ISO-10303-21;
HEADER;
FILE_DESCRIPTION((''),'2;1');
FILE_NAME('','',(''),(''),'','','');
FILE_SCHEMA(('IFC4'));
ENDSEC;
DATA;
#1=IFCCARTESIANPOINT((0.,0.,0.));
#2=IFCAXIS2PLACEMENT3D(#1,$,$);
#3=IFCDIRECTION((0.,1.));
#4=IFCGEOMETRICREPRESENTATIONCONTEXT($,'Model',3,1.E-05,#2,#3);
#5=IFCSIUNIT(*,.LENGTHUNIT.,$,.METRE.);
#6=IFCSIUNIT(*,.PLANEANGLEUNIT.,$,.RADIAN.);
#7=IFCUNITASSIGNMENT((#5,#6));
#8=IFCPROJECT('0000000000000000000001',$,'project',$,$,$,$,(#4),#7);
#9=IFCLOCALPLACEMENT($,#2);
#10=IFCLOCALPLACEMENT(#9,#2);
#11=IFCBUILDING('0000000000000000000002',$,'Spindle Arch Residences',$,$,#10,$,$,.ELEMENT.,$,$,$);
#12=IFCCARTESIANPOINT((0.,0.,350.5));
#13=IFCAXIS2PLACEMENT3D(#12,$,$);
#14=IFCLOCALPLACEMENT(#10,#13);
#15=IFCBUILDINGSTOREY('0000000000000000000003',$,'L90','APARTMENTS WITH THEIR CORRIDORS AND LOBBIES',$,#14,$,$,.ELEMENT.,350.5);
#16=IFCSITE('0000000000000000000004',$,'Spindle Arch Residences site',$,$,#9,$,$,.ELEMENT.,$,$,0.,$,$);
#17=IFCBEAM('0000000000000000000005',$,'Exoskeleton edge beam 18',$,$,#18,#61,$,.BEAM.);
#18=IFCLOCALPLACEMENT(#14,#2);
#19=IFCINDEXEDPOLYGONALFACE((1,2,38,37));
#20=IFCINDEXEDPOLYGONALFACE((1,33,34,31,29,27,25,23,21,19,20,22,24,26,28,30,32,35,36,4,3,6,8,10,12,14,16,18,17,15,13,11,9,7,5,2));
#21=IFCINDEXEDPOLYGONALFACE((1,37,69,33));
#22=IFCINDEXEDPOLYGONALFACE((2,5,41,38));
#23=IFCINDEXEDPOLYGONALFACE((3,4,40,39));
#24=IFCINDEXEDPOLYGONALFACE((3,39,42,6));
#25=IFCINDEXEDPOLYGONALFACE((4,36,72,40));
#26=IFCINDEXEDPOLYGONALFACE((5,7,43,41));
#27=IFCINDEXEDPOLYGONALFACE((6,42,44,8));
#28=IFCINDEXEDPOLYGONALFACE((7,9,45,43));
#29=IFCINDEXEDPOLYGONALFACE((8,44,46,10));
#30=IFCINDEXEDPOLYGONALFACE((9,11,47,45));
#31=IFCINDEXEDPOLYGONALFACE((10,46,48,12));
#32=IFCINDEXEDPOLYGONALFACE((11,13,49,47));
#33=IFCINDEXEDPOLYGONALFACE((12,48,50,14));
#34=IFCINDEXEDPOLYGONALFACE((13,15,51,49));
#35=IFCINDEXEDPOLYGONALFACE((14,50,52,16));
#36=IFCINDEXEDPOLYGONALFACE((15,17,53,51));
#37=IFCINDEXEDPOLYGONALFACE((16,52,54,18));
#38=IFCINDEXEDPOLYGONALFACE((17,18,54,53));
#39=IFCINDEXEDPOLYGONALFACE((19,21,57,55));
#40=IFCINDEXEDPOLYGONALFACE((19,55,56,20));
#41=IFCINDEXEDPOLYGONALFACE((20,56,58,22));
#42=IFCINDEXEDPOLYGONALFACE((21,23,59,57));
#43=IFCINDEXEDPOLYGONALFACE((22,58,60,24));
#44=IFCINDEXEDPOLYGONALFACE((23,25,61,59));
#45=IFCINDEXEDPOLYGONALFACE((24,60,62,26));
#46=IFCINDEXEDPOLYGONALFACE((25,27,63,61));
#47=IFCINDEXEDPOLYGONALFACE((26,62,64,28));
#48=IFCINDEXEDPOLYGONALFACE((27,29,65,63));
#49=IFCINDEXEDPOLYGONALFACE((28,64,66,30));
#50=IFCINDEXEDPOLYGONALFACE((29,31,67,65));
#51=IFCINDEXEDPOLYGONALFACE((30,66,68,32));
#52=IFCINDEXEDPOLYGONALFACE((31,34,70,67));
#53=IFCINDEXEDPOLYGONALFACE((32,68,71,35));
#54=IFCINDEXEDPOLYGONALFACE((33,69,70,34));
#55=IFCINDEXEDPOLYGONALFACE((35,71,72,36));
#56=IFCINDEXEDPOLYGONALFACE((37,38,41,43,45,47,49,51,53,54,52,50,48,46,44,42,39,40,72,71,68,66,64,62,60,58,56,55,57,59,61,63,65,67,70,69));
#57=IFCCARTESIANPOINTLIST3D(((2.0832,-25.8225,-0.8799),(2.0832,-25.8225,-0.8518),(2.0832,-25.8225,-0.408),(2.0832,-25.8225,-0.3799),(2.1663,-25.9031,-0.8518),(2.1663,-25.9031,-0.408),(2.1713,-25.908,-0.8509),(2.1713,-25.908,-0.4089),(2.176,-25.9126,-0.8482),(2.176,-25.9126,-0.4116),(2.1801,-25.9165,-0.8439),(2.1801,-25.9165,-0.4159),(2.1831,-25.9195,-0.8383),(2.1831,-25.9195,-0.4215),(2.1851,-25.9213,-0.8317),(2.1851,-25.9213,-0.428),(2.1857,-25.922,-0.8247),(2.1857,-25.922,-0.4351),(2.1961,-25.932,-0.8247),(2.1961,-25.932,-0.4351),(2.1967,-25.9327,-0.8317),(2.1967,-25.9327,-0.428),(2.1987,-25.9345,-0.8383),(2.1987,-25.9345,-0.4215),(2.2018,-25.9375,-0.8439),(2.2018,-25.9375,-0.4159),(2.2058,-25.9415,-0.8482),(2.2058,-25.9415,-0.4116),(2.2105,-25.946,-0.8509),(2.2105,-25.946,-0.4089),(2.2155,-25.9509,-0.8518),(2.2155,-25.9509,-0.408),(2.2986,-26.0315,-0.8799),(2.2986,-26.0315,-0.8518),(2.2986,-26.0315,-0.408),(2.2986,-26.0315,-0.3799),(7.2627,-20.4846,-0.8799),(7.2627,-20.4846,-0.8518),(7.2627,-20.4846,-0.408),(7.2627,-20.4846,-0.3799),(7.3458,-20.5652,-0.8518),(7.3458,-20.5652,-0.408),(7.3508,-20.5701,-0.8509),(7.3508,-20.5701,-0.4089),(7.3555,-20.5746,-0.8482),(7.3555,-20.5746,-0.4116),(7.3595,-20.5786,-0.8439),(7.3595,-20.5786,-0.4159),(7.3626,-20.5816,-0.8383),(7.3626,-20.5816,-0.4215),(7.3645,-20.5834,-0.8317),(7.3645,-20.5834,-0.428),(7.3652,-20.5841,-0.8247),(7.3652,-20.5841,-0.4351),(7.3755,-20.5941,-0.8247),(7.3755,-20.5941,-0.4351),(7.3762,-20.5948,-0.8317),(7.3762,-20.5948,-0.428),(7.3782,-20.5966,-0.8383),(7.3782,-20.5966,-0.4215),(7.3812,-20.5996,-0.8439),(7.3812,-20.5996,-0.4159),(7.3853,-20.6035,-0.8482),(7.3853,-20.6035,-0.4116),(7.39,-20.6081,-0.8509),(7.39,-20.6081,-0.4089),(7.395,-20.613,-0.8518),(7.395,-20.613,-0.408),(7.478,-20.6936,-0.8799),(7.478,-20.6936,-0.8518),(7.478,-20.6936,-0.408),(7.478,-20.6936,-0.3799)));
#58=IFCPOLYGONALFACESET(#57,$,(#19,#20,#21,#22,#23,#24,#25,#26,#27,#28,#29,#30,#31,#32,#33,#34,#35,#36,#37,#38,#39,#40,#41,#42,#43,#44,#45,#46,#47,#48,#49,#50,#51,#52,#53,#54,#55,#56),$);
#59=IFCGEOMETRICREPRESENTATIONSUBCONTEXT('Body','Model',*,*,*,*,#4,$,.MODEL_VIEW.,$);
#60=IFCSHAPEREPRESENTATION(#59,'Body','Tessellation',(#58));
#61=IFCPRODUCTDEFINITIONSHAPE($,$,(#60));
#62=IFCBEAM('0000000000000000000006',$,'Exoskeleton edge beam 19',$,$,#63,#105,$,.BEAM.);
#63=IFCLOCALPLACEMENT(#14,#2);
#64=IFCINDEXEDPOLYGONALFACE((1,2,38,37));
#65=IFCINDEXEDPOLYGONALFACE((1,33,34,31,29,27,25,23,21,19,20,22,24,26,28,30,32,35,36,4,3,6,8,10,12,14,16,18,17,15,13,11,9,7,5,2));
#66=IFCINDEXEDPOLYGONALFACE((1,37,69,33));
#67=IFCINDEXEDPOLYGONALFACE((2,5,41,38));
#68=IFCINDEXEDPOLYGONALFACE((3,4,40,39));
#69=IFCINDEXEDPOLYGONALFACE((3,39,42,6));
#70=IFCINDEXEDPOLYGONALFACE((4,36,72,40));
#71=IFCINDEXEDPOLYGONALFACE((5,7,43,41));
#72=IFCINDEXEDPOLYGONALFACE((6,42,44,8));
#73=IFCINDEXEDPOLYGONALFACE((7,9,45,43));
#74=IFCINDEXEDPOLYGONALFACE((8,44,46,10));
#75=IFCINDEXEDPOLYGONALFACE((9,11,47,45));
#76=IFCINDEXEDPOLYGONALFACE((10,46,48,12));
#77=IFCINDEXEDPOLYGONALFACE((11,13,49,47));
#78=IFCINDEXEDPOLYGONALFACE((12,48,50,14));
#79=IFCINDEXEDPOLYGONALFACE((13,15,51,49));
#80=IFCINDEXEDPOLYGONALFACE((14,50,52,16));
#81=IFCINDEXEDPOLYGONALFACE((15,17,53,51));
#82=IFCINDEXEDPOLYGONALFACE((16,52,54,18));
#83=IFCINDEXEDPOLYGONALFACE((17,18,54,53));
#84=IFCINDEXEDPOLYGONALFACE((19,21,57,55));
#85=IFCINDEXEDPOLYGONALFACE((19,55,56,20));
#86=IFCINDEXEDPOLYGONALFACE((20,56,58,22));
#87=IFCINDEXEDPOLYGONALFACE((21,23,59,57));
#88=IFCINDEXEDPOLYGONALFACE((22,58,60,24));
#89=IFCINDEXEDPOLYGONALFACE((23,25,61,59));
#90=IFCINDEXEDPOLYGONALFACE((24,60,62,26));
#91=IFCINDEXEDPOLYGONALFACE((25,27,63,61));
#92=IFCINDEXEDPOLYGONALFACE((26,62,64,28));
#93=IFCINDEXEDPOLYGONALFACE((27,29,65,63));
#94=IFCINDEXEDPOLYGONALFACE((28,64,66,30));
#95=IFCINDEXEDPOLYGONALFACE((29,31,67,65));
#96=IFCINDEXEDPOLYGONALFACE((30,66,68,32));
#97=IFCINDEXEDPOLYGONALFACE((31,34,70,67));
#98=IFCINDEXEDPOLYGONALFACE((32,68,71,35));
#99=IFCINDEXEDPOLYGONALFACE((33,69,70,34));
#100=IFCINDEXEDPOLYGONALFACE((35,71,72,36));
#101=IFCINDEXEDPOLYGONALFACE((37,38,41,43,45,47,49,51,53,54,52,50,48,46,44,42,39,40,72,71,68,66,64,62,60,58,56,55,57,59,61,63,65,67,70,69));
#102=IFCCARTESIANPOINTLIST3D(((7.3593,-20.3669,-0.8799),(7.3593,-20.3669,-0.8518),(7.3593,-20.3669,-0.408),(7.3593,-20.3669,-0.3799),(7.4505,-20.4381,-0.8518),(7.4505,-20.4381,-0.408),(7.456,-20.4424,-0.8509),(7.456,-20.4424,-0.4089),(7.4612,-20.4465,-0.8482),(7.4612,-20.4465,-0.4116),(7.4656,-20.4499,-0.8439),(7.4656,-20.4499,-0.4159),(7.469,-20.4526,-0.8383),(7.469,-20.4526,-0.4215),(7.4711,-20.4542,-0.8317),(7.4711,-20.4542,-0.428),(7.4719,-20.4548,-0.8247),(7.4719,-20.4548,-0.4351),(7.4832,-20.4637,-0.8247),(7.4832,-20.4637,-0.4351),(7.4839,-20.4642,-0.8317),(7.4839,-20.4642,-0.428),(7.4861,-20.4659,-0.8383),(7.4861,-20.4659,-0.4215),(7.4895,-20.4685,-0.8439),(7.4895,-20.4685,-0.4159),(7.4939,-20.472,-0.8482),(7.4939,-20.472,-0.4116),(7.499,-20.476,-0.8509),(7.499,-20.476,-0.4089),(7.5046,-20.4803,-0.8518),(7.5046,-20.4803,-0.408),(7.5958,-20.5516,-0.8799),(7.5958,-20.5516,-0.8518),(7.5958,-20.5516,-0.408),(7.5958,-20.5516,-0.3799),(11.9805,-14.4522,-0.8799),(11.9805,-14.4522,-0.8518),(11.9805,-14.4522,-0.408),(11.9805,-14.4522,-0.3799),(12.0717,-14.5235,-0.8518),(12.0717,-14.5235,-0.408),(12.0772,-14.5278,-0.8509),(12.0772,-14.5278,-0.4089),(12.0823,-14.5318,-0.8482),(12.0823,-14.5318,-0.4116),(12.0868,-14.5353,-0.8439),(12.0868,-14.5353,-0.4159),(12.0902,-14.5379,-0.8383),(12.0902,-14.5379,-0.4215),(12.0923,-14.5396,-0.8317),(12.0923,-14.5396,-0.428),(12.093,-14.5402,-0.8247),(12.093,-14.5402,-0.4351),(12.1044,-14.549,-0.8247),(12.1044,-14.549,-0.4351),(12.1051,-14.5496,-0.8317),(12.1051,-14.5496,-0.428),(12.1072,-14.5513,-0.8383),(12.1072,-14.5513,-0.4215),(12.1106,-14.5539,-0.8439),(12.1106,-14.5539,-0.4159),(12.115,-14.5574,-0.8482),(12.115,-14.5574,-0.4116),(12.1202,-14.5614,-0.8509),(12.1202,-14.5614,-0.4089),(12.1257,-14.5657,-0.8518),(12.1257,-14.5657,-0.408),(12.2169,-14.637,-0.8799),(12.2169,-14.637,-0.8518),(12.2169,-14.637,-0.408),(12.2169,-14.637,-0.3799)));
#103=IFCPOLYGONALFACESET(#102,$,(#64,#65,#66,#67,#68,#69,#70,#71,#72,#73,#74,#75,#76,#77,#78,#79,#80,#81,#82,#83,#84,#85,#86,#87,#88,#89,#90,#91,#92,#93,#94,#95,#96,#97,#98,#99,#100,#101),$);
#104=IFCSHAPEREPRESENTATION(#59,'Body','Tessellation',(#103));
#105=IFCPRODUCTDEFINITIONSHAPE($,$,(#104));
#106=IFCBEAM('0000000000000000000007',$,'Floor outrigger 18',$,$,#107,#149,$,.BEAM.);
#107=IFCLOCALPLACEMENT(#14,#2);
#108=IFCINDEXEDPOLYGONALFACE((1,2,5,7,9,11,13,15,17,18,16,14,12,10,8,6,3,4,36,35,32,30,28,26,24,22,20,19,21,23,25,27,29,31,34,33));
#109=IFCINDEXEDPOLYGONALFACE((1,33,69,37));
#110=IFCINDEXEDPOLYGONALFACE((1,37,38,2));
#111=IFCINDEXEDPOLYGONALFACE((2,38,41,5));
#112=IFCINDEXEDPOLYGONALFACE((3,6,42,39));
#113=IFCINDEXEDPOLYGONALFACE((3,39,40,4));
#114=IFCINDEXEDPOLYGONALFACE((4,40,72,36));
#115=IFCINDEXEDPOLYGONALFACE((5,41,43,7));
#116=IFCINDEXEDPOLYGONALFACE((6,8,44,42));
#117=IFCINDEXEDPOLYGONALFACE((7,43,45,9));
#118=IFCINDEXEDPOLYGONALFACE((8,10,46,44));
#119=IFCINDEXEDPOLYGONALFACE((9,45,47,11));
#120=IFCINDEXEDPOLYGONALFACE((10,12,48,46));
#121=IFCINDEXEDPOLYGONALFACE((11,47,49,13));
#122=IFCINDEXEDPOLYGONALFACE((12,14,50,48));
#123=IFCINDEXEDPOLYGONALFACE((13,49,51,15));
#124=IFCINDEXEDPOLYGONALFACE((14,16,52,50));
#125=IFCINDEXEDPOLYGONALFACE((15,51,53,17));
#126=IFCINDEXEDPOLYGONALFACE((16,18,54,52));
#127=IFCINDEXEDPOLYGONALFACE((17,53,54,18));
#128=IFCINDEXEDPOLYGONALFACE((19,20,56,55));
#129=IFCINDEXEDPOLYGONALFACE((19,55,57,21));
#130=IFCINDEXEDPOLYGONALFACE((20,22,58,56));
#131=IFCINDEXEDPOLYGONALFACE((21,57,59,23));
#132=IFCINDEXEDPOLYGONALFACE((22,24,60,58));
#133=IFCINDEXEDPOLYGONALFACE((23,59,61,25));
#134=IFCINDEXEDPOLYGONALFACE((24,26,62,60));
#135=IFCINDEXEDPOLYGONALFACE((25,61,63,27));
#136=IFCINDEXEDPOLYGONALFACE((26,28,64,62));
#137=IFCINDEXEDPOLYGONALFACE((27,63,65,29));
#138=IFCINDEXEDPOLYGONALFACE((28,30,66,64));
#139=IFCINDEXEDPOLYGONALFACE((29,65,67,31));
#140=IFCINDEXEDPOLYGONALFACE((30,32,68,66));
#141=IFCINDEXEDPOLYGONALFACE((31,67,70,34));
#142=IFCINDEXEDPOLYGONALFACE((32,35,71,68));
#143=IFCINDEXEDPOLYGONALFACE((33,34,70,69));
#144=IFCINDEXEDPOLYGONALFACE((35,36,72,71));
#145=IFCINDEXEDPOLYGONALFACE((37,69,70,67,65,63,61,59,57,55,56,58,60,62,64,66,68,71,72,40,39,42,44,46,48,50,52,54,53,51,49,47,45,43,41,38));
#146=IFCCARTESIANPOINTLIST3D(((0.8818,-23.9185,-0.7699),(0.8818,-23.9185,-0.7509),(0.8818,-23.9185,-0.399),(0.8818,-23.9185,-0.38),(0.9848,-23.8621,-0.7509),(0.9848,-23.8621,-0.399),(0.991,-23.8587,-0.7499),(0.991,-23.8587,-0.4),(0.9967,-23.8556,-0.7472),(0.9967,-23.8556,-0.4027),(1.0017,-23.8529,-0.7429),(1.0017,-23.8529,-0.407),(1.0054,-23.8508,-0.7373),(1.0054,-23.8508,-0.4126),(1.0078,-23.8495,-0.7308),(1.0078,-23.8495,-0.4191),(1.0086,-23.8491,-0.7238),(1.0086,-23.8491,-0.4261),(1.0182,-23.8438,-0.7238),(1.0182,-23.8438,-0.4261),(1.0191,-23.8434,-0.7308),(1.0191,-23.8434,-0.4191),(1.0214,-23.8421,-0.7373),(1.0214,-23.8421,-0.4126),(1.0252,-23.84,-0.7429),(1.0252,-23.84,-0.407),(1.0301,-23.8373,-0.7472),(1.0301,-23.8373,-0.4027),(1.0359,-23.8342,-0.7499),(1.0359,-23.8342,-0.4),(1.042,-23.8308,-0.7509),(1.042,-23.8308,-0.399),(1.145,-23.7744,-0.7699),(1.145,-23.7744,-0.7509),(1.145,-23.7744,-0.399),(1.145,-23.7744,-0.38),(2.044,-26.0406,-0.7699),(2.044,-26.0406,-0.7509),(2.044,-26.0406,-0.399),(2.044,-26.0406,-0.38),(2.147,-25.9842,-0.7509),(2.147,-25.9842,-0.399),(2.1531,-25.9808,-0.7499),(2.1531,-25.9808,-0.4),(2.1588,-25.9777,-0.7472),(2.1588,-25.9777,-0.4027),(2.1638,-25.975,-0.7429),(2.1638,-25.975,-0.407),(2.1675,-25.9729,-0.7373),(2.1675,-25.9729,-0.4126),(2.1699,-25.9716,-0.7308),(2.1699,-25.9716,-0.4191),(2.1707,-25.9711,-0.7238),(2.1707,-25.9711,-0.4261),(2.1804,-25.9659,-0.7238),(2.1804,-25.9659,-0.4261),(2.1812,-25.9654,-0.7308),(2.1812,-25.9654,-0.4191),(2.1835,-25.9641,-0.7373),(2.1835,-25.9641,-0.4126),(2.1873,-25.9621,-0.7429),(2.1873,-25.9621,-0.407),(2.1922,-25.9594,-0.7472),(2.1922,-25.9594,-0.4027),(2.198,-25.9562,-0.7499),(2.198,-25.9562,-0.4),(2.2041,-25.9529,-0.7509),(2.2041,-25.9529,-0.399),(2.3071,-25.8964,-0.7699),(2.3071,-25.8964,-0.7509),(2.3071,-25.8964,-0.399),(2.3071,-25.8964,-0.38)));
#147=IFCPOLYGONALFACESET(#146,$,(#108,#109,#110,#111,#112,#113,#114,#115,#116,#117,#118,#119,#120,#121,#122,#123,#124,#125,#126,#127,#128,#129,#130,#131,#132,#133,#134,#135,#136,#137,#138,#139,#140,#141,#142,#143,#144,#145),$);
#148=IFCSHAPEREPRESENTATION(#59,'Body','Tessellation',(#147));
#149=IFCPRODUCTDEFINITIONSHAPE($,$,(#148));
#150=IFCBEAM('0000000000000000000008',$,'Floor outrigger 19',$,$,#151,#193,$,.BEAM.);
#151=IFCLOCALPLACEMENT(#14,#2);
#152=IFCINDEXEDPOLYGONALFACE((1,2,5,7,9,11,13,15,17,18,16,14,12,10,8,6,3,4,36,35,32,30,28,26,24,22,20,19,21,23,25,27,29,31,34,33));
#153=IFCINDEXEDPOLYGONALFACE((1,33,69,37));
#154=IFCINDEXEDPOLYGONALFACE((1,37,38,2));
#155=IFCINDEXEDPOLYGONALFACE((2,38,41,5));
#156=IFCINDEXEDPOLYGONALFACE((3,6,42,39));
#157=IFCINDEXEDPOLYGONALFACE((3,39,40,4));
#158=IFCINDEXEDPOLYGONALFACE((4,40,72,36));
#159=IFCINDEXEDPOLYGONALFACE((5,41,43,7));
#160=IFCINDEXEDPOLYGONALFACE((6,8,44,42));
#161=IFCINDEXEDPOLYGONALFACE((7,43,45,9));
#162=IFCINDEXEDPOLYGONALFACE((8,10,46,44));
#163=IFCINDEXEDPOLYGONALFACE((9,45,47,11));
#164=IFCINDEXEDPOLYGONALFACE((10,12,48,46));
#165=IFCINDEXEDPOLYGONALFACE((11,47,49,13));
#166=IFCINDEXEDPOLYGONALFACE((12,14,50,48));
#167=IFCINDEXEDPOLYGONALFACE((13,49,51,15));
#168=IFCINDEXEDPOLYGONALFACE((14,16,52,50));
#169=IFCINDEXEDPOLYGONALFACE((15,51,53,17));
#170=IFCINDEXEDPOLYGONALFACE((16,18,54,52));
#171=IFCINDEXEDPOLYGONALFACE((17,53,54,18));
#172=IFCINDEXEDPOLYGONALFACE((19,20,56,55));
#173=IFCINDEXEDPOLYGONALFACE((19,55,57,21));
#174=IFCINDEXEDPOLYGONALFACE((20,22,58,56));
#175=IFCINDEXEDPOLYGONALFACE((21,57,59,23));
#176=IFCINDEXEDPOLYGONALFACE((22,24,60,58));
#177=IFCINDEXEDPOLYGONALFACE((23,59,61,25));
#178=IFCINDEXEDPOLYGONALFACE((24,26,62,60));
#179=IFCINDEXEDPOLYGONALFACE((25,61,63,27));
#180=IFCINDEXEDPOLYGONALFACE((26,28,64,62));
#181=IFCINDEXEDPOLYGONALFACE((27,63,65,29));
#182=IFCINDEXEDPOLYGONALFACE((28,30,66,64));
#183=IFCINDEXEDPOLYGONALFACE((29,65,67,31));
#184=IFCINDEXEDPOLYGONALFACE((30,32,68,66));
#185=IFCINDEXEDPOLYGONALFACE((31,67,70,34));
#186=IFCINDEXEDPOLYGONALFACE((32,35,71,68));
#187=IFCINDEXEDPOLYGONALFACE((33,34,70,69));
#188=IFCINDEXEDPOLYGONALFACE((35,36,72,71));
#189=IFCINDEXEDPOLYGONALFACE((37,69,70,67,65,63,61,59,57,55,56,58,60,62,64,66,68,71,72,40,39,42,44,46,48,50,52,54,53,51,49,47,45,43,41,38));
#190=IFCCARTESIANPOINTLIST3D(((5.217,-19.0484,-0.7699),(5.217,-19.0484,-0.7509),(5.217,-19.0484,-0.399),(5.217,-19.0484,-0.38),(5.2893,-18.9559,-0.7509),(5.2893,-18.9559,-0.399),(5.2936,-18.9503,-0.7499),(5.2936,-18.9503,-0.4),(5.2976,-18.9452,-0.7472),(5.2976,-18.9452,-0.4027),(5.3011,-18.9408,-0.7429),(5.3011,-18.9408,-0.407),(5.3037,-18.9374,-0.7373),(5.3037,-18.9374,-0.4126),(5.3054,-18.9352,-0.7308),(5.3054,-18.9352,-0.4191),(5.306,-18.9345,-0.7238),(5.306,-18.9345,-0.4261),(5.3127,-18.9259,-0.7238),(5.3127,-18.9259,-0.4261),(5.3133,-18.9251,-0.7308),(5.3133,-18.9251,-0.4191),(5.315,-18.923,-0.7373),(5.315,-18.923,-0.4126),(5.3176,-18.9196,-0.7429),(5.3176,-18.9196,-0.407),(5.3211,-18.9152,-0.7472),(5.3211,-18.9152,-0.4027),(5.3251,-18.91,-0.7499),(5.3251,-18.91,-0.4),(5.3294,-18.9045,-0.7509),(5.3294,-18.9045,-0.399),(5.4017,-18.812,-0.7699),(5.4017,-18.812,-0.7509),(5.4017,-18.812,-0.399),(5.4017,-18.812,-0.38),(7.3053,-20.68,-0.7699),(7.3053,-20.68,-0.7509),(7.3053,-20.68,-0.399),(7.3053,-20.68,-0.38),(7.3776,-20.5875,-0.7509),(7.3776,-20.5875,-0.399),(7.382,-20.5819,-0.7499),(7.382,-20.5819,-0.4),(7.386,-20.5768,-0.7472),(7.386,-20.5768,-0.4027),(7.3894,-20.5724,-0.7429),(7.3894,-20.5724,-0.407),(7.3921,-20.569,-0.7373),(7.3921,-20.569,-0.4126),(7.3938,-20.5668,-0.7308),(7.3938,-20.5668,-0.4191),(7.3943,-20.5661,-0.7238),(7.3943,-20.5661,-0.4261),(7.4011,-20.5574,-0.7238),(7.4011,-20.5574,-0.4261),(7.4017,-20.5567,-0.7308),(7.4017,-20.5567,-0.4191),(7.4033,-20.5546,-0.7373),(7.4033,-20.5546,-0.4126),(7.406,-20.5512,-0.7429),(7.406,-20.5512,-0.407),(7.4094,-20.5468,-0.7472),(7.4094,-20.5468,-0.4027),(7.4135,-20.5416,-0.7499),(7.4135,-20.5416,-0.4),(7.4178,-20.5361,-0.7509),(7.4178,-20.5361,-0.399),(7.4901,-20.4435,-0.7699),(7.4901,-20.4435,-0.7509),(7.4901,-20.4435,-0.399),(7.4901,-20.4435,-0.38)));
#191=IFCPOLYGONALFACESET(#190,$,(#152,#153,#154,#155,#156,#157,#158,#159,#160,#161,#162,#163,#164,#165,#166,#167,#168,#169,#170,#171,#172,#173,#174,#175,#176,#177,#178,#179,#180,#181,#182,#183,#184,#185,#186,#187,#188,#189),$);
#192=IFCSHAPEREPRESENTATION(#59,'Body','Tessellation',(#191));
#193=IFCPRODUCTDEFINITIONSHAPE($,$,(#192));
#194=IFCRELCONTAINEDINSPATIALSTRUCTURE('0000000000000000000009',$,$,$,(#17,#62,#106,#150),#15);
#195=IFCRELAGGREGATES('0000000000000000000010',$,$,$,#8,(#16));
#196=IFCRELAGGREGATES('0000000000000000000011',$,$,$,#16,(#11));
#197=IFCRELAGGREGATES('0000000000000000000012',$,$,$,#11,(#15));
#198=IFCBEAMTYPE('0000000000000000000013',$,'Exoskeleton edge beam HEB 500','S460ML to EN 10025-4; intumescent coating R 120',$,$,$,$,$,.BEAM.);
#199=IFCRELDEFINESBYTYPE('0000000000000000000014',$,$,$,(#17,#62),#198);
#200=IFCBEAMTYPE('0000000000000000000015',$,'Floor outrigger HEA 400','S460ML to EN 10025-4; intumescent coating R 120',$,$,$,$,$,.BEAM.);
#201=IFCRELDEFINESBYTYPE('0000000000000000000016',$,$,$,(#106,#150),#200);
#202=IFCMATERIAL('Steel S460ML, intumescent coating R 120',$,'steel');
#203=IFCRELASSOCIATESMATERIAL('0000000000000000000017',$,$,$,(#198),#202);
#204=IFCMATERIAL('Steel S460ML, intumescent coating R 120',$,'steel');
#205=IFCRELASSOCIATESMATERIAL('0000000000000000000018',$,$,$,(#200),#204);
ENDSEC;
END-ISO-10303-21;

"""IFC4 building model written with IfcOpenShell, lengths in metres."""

from ifc_helpers import new_model, si_unit, direction, frame, origin, origin_2d, place, context, subcontext, project, spatial, i_section, extrude, material, material_profile, profile_set, type_object, element, save


model = new_model("IFC4")

# Units and contexts
model_context = context("Model", 3, precision=1e-05, world=origin(), true_north=direction((0.0, 1.0)))
body_context = subcontext(model_context, "Body", "Model", "MODEL_VIEW")
ifc_project = project(units=[si_unit("LENGTHUNIT", "METRE"), si_unit("PLANEANGLEUNIT", "RADIAN")], contexts=[model_context])

# Site, building, storey
site_placement = place(None, origin())
site = spatial("IfcSite", under=ifc_project, at=site_placement, Name="Spindle Arch Residences site", CompositionType="ELEMENT", RefElevation=0.0)
building_placement = place(site_placement, origin())
building = spatial("IfcBuilding", under=site, at=building_placement, Name="Spindle Arch Residences", CompositionType="ELEMENT")
storey_placement = place(building_placement, frame((0.0, 0.0, 350.5)))
storey = spatial("IfcBuildingStorey", under=building, at=storey_placement, Name="L90", Description="APARTMENTS WITH THEIR CORRIDORS AND LOBBIES", CompositionType="ELEMENT", Elevation=350.5)

# Beams
ifc_material_1 = material(Name="Steel S460ML, intumescent coating R 120", Category="steel")
ifc_material_profile_1 = material_profile(ifc_material_1, i_section(OverallWidth=0.3, OverallDepth=0.5, WebThickness=0.0144, FlangeThickness=0.0281, FilletRadius=0.0271, at=origin_2d()), Name="HEB 500")
ifc_profile_set_1 = profile_set([ifc_material_profile_1], Name="Steel S460ML, intumescent coating R 120")
beam_type_1 = type_object("IfcBeamType", Name="Exoskeleton edge beam HEB 500", Description="S460ML to EN 10025-4; intumescent coating R 120", PredefinedType="BEAM", material=ifc_profile_set_1)
beam_1_placement = place(storey_placement, frame((2.1909, -25.927, -0.6299), z_axis=(0.696375, 0.717678, 0.0), x_axis=(-0.717678, 0.696375, 0.0)))
element("IfcBeam", 1, at=beam_1_placement, inside=storey, type_object=beam_type_1, Name="Exoskeleton edge beam 18", PredefinedType="BEAM", context=body_context, shape_type="SweptSolid", body=[
    extrude(i_section(OverallWidth=0.3, OverallDepth=0.5, WebThickness=0.0144, FlangeThickness=0.0281, FilletRadius=0.0271, at=origin_2d()), origin(), (0.0, 0.0, 1.0), 7.4377),
])
beam_2_placement = place(storey_placement, frame((7.4775, -20.4592, -0.6299), z_axis=(0.615673, 0.788002, 0.0), x_axis=(-0.788002, 0.615673, 0.0)))
element("IfcBeam", 2, at=beam_2_placement, inside=storey, type_object=beam_type_1, Name="Exoskeleton edge beam 19", PredefinedType="BEAM", context=body_context, shape_type="SweptSolid", body=[
    extrude(i_section(OverallWidth=0.3, OverallDepth=0.5, WebThickness=0.0144, FlangeThickness=0.0281, FilletRadius=0.0271, at=origin_2d()), origin(), (0.0, 0.0, 1.0), 7.5059),
])
ifc_material_2 = material(Name="Steel S460ML, intumescent coating R 120", Category="steel")
ifc_material_profile_2 = material_profile(ifc_material_2, i_section(OverallWidth=0.3, OverallDepth=0.3899, WebThickness=0.011, FlangeThickness=0.019, FilletRadius=0.0271, at=origin_2d()), Name="HEA 400")
ifc_profile_set_2 = profile_set([ifc_material_profile_2], Name="Steel S460ML, intumescent coating R 120")
beam_type_2 = type_object("IfcBeamType", Name="Floor outrigger HEA 400", Description="S460ML to EN 10025-4; intumescent coating R 120", PredefinedType="BEAM", material=ifc_profile_set_2)
beam_3_placement = place(storey_placement, frame((2.1755, -25.9685, -0.575), z_axis=(-0.480322, 0.877092, 0.0), x_axis=(-0.877092, -0.480322, 0.0)))
element("IfcBeam", 3, at=beam_3_placement, inside=storey, type_object=beam_type_2, Name="Floor outrigger 18", PredefinedType="BEAM", context=body_context, shape_type="SweptSolid", body=[
    extrude(i_section(OverallWidth=0.3, OverallDepth=0.3899, WebThickness=0.011, FlangeThickness=0.019, FilletRadius=0.0271, at=origin_2d()), origin(), (0.0, 0.0, 1.0), 2.4194),
])
beam_4_placement = place(storey_placement, frame((7.3977, -20.5618, -0.575), z_axis=(-0.788016, 0.615655, 0.0), x_axis=(-0.615655, -0.788016, 0.0)))
element("IfcBeam", 4, at=beam_4_placement, inside=storey, type_object=beam_type_2, Name="Floor outrigger 19", PredefinedType="BEAM", context=body_context, shape_type="SweptSolid", body=[
    extrude(i_section(OverallWidth=0.3, OverallDepth=0.3899, WebThickness=0.011, FlangeThickness=0.019, FilletRadius=0.0271, at=origin_2d()), origin(), (0.0, 0.0, 1.0), 2.6501),
])

save(model, "model.ifc")
